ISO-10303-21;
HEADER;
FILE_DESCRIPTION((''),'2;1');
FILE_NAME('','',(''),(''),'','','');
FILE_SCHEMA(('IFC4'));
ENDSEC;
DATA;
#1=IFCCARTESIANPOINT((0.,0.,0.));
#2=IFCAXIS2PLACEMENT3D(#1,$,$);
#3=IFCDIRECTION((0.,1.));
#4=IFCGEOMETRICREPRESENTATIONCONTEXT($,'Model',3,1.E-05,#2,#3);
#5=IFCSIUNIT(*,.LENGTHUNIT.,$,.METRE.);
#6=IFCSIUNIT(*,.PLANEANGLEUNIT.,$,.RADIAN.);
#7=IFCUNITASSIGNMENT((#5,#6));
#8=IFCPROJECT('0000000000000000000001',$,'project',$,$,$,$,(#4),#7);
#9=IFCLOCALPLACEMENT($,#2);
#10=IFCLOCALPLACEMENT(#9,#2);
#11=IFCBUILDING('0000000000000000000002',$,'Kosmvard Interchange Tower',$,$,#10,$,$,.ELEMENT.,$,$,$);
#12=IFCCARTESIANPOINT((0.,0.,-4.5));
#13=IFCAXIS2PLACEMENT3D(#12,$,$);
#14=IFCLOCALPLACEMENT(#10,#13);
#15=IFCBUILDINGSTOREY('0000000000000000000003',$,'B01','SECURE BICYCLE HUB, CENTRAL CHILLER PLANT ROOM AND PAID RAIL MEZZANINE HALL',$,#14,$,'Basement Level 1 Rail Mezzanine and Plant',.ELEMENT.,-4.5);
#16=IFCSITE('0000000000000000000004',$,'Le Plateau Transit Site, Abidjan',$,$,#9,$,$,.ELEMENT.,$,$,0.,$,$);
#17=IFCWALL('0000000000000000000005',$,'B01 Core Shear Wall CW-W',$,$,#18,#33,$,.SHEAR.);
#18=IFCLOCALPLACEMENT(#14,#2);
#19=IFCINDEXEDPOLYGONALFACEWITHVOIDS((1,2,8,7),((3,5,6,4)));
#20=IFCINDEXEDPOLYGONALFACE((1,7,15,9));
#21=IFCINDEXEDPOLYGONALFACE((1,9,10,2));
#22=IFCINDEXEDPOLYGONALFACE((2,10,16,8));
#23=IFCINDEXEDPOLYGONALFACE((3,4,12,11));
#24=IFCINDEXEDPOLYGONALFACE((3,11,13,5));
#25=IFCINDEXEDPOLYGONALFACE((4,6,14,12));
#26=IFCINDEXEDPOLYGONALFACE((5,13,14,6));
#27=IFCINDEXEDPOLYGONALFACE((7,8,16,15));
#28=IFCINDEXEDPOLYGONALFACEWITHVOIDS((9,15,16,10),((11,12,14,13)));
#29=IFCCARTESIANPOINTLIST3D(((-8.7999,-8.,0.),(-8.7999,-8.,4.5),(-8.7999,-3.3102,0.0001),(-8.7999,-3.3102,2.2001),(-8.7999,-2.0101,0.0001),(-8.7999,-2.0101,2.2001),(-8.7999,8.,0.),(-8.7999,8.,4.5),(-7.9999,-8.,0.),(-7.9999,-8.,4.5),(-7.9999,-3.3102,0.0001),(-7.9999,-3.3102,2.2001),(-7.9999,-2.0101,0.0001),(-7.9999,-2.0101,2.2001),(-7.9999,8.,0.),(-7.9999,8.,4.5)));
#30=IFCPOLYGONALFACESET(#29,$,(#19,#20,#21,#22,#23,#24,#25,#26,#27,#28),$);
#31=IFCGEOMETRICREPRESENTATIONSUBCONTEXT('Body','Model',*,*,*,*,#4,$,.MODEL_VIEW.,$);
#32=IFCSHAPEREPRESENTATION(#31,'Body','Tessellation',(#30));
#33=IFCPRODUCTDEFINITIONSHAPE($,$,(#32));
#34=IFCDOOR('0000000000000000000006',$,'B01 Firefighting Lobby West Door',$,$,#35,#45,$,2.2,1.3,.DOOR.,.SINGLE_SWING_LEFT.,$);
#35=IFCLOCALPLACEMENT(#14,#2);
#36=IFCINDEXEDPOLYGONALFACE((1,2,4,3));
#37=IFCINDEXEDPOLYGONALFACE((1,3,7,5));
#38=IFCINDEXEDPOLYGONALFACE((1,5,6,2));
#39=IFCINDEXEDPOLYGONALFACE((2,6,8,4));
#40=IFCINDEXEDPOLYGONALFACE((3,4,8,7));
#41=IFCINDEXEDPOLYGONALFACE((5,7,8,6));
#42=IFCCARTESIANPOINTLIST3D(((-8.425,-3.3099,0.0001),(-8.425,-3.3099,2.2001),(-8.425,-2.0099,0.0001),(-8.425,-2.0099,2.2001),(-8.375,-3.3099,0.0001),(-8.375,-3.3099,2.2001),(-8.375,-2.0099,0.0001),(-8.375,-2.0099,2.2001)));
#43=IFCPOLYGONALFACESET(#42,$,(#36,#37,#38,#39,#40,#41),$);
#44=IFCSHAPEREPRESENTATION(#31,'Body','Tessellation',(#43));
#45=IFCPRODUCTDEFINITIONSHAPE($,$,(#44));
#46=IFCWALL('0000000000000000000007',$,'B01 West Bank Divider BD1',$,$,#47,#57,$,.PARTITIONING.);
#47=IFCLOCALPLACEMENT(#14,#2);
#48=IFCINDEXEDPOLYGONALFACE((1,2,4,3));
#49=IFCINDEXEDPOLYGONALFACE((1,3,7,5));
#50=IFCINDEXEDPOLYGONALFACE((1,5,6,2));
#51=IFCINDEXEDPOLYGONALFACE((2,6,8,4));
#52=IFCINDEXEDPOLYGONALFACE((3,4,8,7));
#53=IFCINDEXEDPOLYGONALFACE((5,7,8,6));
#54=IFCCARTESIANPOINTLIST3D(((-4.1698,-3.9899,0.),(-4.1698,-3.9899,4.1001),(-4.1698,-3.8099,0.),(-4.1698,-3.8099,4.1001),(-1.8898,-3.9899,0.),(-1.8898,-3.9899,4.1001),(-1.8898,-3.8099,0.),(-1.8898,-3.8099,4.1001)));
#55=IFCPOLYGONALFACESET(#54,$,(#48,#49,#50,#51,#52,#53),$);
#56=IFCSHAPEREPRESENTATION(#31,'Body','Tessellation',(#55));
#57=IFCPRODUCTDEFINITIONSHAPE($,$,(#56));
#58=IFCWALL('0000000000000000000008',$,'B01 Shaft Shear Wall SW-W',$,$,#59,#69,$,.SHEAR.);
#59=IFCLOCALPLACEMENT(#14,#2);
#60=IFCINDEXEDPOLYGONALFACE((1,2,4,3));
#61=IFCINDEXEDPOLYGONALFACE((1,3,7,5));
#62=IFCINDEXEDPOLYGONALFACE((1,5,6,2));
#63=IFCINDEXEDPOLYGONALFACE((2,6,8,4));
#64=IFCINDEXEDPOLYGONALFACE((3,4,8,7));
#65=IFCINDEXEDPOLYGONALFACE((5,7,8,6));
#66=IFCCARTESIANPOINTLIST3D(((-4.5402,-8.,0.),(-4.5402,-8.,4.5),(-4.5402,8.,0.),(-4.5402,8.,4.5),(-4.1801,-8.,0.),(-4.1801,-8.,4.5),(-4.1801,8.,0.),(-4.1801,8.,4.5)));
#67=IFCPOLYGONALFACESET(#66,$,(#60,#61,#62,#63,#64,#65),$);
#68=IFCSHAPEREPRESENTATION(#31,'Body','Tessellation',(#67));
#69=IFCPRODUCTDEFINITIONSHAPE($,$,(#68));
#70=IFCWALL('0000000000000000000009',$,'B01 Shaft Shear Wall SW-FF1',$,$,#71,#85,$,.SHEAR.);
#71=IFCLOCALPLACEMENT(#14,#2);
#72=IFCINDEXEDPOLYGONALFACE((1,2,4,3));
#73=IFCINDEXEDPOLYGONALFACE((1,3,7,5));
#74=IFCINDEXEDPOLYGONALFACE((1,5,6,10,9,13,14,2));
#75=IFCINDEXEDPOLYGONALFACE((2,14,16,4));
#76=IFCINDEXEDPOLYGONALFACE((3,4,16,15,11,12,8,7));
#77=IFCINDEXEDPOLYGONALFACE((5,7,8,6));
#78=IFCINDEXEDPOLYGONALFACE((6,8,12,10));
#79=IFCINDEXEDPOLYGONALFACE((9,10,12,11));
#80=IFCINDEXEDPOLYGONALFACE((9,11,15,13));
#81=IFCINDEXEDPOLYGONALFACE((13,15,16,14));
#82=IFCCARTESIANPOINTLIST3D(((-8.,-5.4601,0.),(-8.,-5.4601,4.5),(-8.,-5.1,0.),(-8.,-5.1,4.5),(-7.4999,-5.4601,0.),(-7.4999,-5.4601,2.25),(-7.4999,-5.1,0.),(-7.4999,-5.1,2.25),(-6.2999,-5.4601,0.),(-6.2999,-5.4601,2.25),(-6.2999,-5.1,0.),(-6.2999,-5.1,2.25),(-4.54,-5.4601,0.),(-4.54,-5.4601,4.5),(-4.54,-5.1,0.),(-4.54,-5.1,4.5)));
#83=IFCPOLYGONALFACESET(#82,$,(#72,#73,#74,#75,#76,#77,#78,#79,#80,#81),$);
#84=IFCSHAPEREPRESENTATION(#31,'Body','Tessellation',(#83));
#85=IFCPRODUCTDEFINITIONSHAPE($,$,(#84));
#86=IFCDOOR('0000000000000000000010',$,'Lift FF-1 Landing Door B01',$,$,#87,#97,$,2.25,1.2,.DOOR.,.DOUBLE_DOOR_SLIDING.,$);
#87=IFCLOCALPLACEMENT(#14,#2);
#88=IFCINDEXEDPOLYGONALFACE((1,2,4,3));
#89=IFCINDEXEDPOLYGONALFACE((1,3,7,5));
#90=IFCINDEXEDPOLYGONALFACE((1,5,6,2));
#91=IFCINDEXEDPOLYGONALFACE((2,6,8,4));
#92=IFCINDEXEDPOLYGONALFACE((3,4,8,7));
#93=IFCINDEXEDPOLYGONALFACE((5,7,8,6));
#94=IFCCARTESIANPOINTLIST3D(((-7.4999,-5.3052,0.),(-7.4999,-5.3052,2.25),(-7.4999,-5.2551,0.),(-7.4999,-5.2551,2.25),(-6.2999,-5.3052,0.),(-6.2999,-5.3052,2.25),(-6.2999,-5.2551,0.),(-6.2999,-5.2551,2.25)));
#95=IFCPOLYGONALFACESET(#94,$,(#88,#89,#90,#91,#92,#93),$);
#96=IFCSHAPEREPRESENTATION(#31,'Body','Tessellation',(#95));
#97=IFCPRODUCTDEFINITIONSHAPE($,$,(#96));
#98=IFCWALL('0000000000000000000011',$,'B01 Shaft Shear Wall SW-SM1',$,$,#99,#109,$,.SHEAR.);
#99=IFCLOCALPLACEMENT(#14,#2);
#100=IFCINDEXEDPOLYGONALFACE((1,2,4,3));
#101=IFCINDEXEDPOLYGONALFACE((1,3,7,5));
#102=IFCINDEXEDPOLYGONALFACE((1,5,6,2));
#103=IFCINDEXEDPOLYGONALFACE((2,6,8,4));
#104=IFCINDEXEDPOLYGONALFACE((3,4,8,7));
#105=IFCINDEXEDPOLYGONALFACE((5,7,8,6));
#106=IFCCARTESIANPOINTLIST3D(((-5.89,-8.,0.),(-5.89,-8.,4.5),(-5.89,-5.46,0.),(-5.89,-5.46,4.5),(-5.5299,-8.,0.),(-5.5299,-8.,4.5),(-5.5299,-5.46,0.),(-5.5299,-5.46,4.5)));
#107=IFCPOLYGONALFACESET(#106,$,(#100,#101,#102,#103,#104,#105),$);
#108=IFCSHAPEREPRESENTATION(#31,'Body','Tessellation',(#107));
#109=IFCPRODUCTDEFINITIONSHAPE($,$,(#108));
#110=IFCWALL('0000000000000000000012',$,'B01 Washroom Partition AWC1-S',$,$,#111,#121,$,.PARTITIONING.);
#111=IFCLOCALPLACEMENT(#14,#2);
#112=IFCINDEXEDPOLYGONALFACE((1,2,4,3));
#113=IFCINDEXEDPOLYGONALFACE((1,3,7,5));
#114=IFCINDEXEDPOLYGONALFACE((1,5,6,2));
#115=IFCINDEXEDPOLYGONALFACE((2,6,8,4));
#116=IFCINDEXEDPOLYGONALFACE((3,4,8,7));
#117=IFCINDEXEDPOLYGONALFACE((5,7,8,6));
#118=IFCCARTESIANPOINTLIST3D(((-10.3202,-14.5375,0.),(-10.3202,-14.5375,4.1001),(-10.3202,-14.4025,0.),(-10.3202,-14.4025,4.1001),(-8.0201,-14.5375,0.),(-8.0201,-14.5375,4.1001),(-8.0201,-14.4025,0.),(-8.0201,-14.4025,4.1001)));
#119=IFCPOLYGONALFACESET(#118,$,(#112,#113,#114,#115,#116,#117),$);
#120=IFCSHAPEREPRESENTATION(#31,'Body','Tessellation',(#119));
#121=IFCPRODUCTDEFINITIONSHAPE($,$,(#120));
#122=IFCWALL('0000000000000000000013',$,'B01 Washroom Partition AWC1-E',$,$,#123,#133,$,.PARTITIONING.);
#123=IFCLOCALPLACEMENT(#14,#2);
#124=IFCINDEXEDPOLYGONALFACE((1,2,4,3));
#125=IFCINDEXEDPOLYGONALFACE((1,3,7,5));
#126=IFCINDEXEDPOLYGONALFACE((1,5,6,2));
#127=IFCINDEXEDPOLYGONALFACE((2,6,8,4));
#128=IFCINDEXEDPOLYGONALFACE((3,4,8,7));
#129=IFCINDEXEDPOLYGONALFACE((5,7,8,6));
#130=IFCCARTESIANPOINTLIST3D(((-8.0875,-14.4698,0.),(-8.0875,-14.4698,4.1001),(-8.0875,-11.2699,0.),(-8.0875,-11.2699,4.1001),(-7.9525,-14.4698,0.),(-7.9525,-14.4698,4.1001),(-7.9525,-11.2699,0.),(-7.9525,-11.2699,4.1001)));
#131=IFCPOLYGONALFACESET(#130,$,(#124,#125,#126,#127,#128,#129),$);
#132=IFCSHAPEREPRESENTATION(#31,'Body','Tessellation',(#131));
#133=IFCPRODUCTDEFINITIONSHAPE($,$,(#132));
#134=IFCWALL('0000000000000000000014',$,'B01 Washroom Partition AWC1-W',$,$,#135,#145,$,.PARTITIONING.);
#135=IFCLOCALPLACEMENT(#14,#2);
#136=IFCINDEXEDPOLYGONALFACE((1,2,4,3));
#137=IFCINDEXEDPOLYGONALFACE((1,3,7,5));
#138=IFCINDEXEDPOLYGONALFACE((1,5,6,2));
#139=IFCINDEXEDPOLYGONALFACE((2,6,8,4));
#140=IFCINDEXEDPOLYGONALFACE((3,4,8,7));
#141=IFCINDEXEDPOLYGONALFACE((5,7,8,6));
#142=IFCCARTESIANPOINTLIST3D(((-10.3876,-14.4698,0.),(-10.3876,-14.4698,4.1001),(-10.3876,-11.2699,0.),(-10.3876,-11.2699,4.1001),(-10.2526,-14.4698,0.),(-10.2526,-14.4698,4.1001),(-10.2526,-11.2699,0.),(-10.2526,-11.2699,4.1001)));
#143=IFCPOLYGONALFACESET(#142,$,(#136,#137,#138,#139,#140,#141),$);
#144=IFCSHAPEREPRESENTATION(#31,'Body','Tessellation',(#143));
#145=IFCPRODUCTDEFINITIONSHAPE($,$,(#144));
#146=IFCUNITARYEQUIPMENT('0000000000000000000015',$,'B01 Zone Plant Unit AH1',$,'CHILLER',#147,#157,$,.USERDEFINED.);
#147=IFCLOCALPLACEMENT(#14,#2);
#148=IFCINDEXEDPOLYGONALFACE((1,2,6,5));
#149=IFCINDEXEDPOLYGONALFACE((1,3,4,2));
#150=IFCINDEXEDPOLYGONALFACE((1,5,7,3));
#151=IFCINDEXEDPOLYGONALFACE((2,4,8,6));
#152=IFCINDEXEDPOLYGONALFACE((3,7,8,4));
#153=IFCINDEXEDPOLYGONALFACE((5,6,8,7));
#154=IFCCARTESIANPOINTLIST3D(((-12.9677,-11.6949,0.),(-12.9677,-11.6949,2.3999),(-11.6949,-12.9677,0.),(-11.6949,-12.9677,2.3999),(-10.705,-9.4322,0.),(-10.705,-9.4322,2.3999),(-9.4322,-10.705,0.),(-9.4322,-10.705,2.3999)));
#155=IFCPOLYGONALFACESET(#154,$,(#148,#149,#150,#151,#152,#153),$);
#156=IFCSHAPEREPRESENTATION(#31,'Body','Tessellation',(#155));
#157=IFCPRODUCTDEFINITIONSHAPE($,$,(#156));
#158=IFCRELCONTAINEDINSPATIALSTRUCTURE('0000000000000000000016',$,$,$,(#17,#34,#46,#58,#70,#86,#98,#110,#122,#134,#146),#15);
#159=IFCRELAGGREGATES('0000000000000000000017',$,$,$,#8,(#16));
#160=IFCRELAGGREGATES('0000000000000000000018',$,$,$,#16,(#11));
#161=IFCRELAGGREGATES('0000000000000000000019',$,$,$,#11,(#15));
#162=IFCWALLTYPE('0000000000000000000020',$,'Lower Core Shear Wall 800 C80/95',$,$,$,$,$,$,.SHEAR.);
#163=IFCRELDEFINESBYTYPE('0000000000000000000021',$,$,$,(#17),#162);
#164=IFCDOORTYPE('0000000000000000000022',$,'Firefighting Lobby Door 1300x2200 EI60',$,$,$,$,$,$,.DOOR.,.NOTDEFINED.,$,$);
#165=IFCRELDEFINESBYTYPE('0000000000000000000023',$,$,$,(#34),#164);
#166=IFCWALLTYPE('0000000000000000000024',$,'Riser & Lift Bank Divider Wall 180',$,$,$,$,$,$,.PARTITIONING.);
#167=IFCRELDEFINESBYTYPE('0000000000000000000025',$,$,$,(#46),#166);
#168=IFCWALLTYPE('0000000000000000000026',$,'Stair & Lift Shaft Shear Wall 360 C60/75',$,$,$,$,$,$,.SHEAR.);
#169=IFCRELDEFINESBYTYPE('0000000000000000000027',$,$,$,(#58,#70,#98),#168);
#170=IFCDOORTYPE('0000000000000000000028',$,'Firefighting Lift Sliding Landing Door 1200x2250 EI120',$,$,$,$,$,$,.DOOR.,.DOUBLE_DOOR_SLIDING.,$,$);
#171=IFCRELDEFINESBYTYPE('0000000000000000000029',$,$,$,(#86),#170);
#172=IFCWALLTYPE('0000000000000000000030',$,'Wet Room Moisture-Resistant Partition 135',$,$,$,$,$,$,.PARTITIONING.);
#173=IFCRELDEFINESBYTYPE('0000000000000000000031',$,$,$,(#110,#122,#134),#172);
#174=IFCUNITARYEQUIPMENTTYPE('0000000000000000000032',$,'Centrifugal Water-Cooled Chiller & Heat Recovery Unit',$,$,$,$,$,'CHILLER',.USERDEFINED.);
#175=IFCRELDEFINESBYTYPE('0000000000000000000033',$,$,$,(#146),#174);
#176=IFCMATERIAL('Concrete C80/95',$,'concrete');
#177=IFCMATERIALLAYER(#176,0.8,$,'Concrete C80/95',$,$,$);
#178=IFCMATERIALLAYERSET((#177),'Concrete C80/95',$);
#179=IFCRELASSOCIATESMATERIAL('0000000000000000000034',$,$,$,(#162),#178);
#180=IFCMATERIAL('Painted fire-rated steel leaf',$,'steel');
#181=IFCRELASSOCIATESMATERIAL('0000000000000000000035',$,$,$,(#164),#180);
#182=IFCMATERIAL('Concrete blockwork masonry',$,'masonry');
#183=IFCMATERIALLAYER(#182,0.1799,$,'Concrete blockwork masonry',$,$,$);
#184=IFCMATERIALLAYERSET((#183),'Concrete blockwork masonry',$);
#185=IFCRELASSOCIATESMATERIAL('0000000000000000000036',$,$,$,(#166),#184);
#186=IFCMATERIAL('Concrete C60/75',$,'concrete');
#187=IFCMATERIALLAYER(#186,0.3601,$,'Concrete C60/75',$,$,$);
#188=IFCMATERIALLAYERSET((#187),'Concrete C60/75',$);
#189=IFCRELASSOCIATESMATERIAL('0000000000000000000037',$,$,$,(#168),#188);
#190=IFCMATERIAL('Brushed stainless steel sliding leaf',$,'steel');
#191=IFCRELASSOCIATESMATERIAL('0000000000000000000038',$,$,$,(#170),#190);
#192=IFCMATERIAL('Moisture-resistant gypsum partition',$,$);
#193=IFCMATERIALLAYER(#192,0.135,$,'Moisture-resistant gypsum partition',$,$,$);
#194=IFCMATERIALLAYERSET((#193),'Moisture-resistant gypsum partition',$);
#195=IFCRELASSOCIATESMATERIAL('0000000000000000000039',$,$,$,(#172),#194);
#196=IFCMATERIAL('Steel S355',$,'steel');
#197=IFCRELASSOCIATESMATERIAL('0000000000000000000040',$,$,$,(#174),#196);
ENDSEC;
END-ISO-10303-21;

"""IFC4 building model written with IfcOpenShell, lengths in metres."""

from ifc_helpers import new_model, si_unit, direction, frame, frame_2d, origin, origin_2d, place, context, subcontext, project, spatial, rectangle, extrude, source, transform, mapped, material, layer, layer_set, type_object, element, fill, save


model = new_model("IFC4")

# Units and contexts
model_context = context("Model", 3, precision=1e-05, world=origin(), true_north=direction((0.0, 1.0)))
body_context = subcontext(model_context, "Body", "Model", "MODEL_VIEW")
ifc_project = project(units=[si_unit("LENGTHUNIT", "METRE"), si_unit("PLANEANGLEUNIT", "RADIAN")], contexts=[model_context])

# Site, building, storey
site_placement = place(None, origin())
site = spatial("IfcSite", under=ifc_project, at=site_placement, Name="Le Plateau Transit Site, Abidjan", CompositionType="ELEMENT", RefElevation=0.0)
building_placement = place(site_placement, origin())
building = spatial("IfcBuilding", under=site, at=building_placement, Name="Kosmvard Interchange Tower", CompositionType="ELEMENT")
storey_placement = place(building_placement, frame((0.0, 0.0, -4.5)))
storey = spatial("IfcBuildingStorey", under=building, at=storey_placement, Name="B01", Description="SECURE BICYCLE HUB, CENTRAL CHILLER PLANT ROOM AND PAID RAIL MEZZANINE HALL", LongName="Basement Level 1 Rail Mezzanine and Plant", CompositionType="ELEMENT", Elevation=-4.5)

# Shared definitions
ifc_material_1 = material(Name="Concrete C80/95", Category="concrete")

# Wall, opening, door
ifc_material_2 = material(Name="Concrete blockwork masonry", Category="masonry")
ifc_material_3 = material(Name="Painted fire-rated steel leaf", Category="steel")
ifc_layer_1 = layer(ifc_material_1, 0.8, Name="Concrete C80/95")
ifc_layer_set_1 = layer_set([ifc_layer_1], Name="Concrete C80/95")
wall_type_1 = type_object("IfcWallType", Name="Lower Core Shear Wall 800 C80/95", PredefinedType="SHEAR", material=ifc_layer_set_1)
door_type_1 = type_object("IfcDoorType", Name="Firefighting Lobby Door 1300x2200 EI60", OperationType="NOTDEFINED", PredefinedType="DOOR", material=ifc_material_3)
shared_shape_1 = source(origin(), body_context, "Body", "SweptSolid", [
    extrude(rectangle(XDim=1.3, YDim=2.2, at=frame_2d((0.6499, 1.1001))), frame((0.0, 0.0249, 0.0), z_axis=(0.0, -1.0, 0.0), x_axis=(1.0, 0.0, 0.0)), (0.0, 0.0, 1.0), 0.05),
])
wall_1_placement = place(storey_placement, frame((-8.3999, -8.0, 0.0), z_axis=(0.0, 0.0, 1.0), x_axis=(0.0, 1.0, 0.0)))
wall_1 = element("IfcWall", 1, at=wall_1_placement, inside=storey, type_object=wall_type_1, Name="B01 Core Shear Wall CW-W", PredefinedType="SHEAR", context=body_context, shape_type="SweptSolid", body=[
    extrude(rectangle(XDim=16.0, YDim=0.8, at=frame_2d((8.0, 0.0))), origin(), (0.0, 0.0, 1.0), 4.5),
])
opening_1_placement = place(wall_1_placement, frame((4.6899, 0.0, 0.0)))
opening_1 = element("IfcOpeningElement", 2, at=opening_1_placement, cuts=wall_1, PredefinedType="OPENING", context=body_context, shape_type="SweptSolid", body=[
    extrude(rectangle(XDim=1.3, YDim=2.2, at=frame_2d((0.6499, 1.1001))), frame((0.0, 0.4102, 0.0), z_axis=(0.0, -1.0, 0.0), x_axis=(1.0, 0.0, 0.0)), (0.0, 0.0, 1.0), 0.8201),
])
door_1_placement = place(opening_1_placement, frame((1.3, 0.0, 0.0), z_axis=(0.0, 0.0, 1.0), x_axis=(-1.0, 0.0, 0.0)))
door_1 = element("IfcDoor", 3, at=door_1_placement, inside=storey, type_object=door_type_1, Name="B01 Firefighting Lobby West Door", OperationType="SINGLE_SWING_LEFT", OverallHeight=2.2, OverallWidth=1.3, PredefinedType="DOOR", context=body_context, shape_type="MappedRepresentation", body=[
    mapped(shared_shape_1, transform((0.0, 0.0, 0.0), scale=1.0)),
])
fill(opening_1, door_1)

# Walls
ifc_layer_2 = layer(ifc_material_2, 0.1799, Name="Concrete blockwork masonry")
ifc_layer_set_2 = layer_set([ifc_layer_2], Name="Concrete blockwork masonry")
wall_type_2 = type_object("IfcWallType", Name="Riser & Lift Bank Divider Wall 180", PredefinedType="PARTITIONING", material=ifc_layer_set_2)
wall_2_placement = place(storey_placement, frame((-4.1699, -3.8999, 0.0), z_axis=(0.0, 0.0, 1.0), x_axis=(1.0, 0.0, 0.0)))
element("IfcWall", 4, at=wall_2_placement, inside=storey, type_object=wall_type_2, Name="B01 West Bank Divider BD1", PredefinedType="PARTITIONING", context=body_context, shape_type="SweptSolid", body=[
    extrude(rectangle(XDim=2.28, YDim=0.1799, at=frame_2d((1.1401, 0.0))), origin(), (0.0, 0.0, 1.0), 4.1001),
])
ifc_material_4 = material(Name="Concrete C60/75", Category="concrete")
ifc_layer_3 = layer(ifc_material_4, 0.3601, Name="Concrete C60/75")
ifc_layer_set_3 = layer_set([ifc_layer_3], Name="Concrete C60/75")
wall_type_3 = type_object("IfcWallType", Name="Stair & Lift Shaft Shear Wall 360 C60/75", PredefinedType="SHEAR", material=ifc_layer_set_3)
wall_3_placement = place(storey_placement, frame((-4.3601, -8.0, 0.0), z_axis=(0.0, 0.0, 1.0), x_axis=(0.0, 1.0, 0.0)))
element("IfcWall", 5, at=wall_3_placement, inside=storey, type_object=wall_type_3, Name="B01 Shaft Shear Wall SW-W", PredefinedType="SHEAR", context=body_context, shape_type="SweptSolid", body=[
    extrude(rectangle(XDim=16.0, YDim=0.3601, at=frame_2d((8.0, 0.0))), origin(), (0.0, 0.0, 1.0), 4.5),
])

# Wall, opening, door
wall_4_placement = place(storey_placement, frame((-8.0, -5.28, 0.0), z_axis=(0.0, 0.0, 1.0), x_axis=(1.0, 0.0, 0.0)))
wall_4 = element("IfcWall", 6, at=wall_4_placement, inside=storey, type_object=wall_type_3, Name="B01 Shaft Shear Wall SW-FF1", PredefinedType="SHEAR", context=body_context, shape_type="SweptSolid", body=[
    extrude(rectangle(XDim=3.46, YDim=0.3601, at=frame_2d((1.73, 0.0))), origin(), (0.0, 0.0, 1.0), 4.5),
])
opening_2_placement = place(wall_4_placement, frame((0.5, 0.0, 0.0)))
opening_2 = element("IfcOpeningElement", 7, at=opening_2_placement, cuts=wall_4, PredefinedType="OPENING", context=body_context, shape_type="SweptSolid", body=[
    extrude(rectangle(XDim=1.2, YDim=2.25, at=frame_2d((0.6001, 1.125))), frame((0.0, 0.1899, 0.0), z_axis=(0.0, -1.0, 0.0), x_axis=(1.0, 0.0, 0.0)), (0.0, 0.0, 1.0), 0.3801),
])
ifc_material_5 = material(Name="Brushed stainless steel sliding leaf", Category="steel")
door_type_2 = type_object("IfcDoorType", Name="Firefighting Lift Sliding Landing Door 1200x2250 EI120", OperationType="DOUBLE_DOOR_SLIDING", PredefinedType="DOOR", material=ifc_material_5)
shared_shape_2 = source(origin(), body_context, "Body", "SweptSolid", [
    extrude(rectangle(XDim=1.2, YDim=2.25, at=frame_2d((0.6001, 1.125))), frame((0.0, 0.0249, 0.0), z_axis=(0.0, -1.0, 0.0), x_axis=(1.0, 0.0, 0.0)), (0.0, 0.0, 1.0), 0.05),
])
door_2_placement = place(opening_2_placement, origin())
door_2 = element("IfcDoor", 8, at=door_2_placement, inside=storey, type_object=door_type_2, Name="Lift FF-1 Landing Door B01", OperationType="DOUBLE_DOOR_SLIDING", OverallHeight=2.25, OverallWidth=1.2, PredefinedType="DOOR", context=body_context, shape_type="MappedRepresentation", body=[
    mapped(shared_shape_2, transform((0.0, 0.0, 0.0), scale=1.0)),
])
fill(opening_2, door_2)

# Walls
wall_5_placement = place(storey_placement, frame((-5.71, -8.0, 0.0), z_axis=(0.0, 0.0, 1.0), x_axis=(0.0, 1.0, 0.0)))
element("IfcWall", 9, at=wall_5_placement, inside=storey, type_object=wall_type_3, Name="B01 Shaft Shear Wall SW-SM1", PredefinedType="SHEAR", context=body_context, shape_type="SweptSolid", body=[
    extrude(rectangle(XDim=2.54, YDim=0.3601, at=frame_2d((1.27, 0.0))), origin(), (0.0, 0.0, 1.0), 4.5),
])
ifc_material_6 = material(Name="Moisture-resistant gypsum partition")
ifc_layer_4 = layer(ifc_material_6, 0.135, Name="Moisture-resistant gypsum partition")
ifc_layer_set_4 = layer_set([ifc_layer_4], Name="Moisture-resistant gypsum partition")
wall_type_4 = type_object("IfcWallType", Name="Wet Room Moisture-Resistant Partition 135", PredefinedType="PARTITIONING", material=ifc_layer_set_4)
wall_6_placement = place(storey_placement, frame((-10.3201, -14.47, 0.0), z_axis=(0.0, 0.0, 1.0), x_axis=(1.0, 0.0, 0.0)))
element("IfcWall", 10, at=wall_6_placement, inside=storey, type_object=wall_type_4, Name="B01 Washroom Partition AWC1-S", PredefinedType="PARTITIONING", context=body_context, shape_type="SweptSolid", body=[
    extrude(rectangle(XDim=2.3, YDim=0.135, at=frame_2d((1.1499, 0.0))), origin(), (0.0, 0.0, 1.0), 4.1001),
])
for number, where, z_axis, x_axis, name in (
    (11, (-8.02, -14.47, 0.0), (0.0, 0.0, 1.0), (0.0, 1.0, 0.0), "B01 Washroom Partition AWC1-E"),
    (12, (-10.3201, -14.47, 0.0), (0.0, 0.0, 1.0), (0.0, 1.0, 0.0), "B01 Washroom Partition AWC1-W"),
):
    element("IfcWall", number, at=place(storey_placement, frame(where, z_axis=z_axis, x_axis=x_axis)), inside=storey, type_object=wall_type_4, Name=name, PredefinedType="PARTITIONING", context=body_context, shape_type="SweptSolid", body=[
        extrude(rectangle(XDim=3.2, YDim=0.135, at=frame_2d((1.6001, 0.0))), origin(), (0.0, 0.0, 1.0), 4.1001),
    ])

# Unitary equipment
ifc_material_7 = material(Name="Steel S355", Category="steel")
unitary_equipment_type = type_object("IfcUnitaryEquipmentType", Name="Centrifugal Water-Cooled Chiller & Heat Recovery Unit", ElementType="CHILLER", PredefinedType="USERDEFINED", material=ifc_material_7)
shared_shape_3 = source(origin(), body_context, "Body", "SweptSolid", [
    extrude(rectangle(XDim=3.2, YDim=1.8, at=origin_2d()), origin(), (0.0, 0.0, 1.0), 2.3999),
])
unitary_equipment_placement = place(storey_placement, frame((-11.2, -11.2, 0.0), z_axis=(0.0, 0.0, 1.0), x_axis=(0.707107, 0.707107, 0.0)))
element("IfcUnitaryEquipment", 13, at=unitary_equipment_placement, inside=storey, type_object=unitary_equipment_type, Name="B01 Zone Plant Unit AH1", ObjectType="CHILLER", PredefinedType="USERDEFINED", context=body_context, shape_type="MappedRepresentation", body=[
    mapped(shared_shape_3, transform((0.0, 0.0, 0.0), scale=1.0)),
])

save(model, "model.ifc")
